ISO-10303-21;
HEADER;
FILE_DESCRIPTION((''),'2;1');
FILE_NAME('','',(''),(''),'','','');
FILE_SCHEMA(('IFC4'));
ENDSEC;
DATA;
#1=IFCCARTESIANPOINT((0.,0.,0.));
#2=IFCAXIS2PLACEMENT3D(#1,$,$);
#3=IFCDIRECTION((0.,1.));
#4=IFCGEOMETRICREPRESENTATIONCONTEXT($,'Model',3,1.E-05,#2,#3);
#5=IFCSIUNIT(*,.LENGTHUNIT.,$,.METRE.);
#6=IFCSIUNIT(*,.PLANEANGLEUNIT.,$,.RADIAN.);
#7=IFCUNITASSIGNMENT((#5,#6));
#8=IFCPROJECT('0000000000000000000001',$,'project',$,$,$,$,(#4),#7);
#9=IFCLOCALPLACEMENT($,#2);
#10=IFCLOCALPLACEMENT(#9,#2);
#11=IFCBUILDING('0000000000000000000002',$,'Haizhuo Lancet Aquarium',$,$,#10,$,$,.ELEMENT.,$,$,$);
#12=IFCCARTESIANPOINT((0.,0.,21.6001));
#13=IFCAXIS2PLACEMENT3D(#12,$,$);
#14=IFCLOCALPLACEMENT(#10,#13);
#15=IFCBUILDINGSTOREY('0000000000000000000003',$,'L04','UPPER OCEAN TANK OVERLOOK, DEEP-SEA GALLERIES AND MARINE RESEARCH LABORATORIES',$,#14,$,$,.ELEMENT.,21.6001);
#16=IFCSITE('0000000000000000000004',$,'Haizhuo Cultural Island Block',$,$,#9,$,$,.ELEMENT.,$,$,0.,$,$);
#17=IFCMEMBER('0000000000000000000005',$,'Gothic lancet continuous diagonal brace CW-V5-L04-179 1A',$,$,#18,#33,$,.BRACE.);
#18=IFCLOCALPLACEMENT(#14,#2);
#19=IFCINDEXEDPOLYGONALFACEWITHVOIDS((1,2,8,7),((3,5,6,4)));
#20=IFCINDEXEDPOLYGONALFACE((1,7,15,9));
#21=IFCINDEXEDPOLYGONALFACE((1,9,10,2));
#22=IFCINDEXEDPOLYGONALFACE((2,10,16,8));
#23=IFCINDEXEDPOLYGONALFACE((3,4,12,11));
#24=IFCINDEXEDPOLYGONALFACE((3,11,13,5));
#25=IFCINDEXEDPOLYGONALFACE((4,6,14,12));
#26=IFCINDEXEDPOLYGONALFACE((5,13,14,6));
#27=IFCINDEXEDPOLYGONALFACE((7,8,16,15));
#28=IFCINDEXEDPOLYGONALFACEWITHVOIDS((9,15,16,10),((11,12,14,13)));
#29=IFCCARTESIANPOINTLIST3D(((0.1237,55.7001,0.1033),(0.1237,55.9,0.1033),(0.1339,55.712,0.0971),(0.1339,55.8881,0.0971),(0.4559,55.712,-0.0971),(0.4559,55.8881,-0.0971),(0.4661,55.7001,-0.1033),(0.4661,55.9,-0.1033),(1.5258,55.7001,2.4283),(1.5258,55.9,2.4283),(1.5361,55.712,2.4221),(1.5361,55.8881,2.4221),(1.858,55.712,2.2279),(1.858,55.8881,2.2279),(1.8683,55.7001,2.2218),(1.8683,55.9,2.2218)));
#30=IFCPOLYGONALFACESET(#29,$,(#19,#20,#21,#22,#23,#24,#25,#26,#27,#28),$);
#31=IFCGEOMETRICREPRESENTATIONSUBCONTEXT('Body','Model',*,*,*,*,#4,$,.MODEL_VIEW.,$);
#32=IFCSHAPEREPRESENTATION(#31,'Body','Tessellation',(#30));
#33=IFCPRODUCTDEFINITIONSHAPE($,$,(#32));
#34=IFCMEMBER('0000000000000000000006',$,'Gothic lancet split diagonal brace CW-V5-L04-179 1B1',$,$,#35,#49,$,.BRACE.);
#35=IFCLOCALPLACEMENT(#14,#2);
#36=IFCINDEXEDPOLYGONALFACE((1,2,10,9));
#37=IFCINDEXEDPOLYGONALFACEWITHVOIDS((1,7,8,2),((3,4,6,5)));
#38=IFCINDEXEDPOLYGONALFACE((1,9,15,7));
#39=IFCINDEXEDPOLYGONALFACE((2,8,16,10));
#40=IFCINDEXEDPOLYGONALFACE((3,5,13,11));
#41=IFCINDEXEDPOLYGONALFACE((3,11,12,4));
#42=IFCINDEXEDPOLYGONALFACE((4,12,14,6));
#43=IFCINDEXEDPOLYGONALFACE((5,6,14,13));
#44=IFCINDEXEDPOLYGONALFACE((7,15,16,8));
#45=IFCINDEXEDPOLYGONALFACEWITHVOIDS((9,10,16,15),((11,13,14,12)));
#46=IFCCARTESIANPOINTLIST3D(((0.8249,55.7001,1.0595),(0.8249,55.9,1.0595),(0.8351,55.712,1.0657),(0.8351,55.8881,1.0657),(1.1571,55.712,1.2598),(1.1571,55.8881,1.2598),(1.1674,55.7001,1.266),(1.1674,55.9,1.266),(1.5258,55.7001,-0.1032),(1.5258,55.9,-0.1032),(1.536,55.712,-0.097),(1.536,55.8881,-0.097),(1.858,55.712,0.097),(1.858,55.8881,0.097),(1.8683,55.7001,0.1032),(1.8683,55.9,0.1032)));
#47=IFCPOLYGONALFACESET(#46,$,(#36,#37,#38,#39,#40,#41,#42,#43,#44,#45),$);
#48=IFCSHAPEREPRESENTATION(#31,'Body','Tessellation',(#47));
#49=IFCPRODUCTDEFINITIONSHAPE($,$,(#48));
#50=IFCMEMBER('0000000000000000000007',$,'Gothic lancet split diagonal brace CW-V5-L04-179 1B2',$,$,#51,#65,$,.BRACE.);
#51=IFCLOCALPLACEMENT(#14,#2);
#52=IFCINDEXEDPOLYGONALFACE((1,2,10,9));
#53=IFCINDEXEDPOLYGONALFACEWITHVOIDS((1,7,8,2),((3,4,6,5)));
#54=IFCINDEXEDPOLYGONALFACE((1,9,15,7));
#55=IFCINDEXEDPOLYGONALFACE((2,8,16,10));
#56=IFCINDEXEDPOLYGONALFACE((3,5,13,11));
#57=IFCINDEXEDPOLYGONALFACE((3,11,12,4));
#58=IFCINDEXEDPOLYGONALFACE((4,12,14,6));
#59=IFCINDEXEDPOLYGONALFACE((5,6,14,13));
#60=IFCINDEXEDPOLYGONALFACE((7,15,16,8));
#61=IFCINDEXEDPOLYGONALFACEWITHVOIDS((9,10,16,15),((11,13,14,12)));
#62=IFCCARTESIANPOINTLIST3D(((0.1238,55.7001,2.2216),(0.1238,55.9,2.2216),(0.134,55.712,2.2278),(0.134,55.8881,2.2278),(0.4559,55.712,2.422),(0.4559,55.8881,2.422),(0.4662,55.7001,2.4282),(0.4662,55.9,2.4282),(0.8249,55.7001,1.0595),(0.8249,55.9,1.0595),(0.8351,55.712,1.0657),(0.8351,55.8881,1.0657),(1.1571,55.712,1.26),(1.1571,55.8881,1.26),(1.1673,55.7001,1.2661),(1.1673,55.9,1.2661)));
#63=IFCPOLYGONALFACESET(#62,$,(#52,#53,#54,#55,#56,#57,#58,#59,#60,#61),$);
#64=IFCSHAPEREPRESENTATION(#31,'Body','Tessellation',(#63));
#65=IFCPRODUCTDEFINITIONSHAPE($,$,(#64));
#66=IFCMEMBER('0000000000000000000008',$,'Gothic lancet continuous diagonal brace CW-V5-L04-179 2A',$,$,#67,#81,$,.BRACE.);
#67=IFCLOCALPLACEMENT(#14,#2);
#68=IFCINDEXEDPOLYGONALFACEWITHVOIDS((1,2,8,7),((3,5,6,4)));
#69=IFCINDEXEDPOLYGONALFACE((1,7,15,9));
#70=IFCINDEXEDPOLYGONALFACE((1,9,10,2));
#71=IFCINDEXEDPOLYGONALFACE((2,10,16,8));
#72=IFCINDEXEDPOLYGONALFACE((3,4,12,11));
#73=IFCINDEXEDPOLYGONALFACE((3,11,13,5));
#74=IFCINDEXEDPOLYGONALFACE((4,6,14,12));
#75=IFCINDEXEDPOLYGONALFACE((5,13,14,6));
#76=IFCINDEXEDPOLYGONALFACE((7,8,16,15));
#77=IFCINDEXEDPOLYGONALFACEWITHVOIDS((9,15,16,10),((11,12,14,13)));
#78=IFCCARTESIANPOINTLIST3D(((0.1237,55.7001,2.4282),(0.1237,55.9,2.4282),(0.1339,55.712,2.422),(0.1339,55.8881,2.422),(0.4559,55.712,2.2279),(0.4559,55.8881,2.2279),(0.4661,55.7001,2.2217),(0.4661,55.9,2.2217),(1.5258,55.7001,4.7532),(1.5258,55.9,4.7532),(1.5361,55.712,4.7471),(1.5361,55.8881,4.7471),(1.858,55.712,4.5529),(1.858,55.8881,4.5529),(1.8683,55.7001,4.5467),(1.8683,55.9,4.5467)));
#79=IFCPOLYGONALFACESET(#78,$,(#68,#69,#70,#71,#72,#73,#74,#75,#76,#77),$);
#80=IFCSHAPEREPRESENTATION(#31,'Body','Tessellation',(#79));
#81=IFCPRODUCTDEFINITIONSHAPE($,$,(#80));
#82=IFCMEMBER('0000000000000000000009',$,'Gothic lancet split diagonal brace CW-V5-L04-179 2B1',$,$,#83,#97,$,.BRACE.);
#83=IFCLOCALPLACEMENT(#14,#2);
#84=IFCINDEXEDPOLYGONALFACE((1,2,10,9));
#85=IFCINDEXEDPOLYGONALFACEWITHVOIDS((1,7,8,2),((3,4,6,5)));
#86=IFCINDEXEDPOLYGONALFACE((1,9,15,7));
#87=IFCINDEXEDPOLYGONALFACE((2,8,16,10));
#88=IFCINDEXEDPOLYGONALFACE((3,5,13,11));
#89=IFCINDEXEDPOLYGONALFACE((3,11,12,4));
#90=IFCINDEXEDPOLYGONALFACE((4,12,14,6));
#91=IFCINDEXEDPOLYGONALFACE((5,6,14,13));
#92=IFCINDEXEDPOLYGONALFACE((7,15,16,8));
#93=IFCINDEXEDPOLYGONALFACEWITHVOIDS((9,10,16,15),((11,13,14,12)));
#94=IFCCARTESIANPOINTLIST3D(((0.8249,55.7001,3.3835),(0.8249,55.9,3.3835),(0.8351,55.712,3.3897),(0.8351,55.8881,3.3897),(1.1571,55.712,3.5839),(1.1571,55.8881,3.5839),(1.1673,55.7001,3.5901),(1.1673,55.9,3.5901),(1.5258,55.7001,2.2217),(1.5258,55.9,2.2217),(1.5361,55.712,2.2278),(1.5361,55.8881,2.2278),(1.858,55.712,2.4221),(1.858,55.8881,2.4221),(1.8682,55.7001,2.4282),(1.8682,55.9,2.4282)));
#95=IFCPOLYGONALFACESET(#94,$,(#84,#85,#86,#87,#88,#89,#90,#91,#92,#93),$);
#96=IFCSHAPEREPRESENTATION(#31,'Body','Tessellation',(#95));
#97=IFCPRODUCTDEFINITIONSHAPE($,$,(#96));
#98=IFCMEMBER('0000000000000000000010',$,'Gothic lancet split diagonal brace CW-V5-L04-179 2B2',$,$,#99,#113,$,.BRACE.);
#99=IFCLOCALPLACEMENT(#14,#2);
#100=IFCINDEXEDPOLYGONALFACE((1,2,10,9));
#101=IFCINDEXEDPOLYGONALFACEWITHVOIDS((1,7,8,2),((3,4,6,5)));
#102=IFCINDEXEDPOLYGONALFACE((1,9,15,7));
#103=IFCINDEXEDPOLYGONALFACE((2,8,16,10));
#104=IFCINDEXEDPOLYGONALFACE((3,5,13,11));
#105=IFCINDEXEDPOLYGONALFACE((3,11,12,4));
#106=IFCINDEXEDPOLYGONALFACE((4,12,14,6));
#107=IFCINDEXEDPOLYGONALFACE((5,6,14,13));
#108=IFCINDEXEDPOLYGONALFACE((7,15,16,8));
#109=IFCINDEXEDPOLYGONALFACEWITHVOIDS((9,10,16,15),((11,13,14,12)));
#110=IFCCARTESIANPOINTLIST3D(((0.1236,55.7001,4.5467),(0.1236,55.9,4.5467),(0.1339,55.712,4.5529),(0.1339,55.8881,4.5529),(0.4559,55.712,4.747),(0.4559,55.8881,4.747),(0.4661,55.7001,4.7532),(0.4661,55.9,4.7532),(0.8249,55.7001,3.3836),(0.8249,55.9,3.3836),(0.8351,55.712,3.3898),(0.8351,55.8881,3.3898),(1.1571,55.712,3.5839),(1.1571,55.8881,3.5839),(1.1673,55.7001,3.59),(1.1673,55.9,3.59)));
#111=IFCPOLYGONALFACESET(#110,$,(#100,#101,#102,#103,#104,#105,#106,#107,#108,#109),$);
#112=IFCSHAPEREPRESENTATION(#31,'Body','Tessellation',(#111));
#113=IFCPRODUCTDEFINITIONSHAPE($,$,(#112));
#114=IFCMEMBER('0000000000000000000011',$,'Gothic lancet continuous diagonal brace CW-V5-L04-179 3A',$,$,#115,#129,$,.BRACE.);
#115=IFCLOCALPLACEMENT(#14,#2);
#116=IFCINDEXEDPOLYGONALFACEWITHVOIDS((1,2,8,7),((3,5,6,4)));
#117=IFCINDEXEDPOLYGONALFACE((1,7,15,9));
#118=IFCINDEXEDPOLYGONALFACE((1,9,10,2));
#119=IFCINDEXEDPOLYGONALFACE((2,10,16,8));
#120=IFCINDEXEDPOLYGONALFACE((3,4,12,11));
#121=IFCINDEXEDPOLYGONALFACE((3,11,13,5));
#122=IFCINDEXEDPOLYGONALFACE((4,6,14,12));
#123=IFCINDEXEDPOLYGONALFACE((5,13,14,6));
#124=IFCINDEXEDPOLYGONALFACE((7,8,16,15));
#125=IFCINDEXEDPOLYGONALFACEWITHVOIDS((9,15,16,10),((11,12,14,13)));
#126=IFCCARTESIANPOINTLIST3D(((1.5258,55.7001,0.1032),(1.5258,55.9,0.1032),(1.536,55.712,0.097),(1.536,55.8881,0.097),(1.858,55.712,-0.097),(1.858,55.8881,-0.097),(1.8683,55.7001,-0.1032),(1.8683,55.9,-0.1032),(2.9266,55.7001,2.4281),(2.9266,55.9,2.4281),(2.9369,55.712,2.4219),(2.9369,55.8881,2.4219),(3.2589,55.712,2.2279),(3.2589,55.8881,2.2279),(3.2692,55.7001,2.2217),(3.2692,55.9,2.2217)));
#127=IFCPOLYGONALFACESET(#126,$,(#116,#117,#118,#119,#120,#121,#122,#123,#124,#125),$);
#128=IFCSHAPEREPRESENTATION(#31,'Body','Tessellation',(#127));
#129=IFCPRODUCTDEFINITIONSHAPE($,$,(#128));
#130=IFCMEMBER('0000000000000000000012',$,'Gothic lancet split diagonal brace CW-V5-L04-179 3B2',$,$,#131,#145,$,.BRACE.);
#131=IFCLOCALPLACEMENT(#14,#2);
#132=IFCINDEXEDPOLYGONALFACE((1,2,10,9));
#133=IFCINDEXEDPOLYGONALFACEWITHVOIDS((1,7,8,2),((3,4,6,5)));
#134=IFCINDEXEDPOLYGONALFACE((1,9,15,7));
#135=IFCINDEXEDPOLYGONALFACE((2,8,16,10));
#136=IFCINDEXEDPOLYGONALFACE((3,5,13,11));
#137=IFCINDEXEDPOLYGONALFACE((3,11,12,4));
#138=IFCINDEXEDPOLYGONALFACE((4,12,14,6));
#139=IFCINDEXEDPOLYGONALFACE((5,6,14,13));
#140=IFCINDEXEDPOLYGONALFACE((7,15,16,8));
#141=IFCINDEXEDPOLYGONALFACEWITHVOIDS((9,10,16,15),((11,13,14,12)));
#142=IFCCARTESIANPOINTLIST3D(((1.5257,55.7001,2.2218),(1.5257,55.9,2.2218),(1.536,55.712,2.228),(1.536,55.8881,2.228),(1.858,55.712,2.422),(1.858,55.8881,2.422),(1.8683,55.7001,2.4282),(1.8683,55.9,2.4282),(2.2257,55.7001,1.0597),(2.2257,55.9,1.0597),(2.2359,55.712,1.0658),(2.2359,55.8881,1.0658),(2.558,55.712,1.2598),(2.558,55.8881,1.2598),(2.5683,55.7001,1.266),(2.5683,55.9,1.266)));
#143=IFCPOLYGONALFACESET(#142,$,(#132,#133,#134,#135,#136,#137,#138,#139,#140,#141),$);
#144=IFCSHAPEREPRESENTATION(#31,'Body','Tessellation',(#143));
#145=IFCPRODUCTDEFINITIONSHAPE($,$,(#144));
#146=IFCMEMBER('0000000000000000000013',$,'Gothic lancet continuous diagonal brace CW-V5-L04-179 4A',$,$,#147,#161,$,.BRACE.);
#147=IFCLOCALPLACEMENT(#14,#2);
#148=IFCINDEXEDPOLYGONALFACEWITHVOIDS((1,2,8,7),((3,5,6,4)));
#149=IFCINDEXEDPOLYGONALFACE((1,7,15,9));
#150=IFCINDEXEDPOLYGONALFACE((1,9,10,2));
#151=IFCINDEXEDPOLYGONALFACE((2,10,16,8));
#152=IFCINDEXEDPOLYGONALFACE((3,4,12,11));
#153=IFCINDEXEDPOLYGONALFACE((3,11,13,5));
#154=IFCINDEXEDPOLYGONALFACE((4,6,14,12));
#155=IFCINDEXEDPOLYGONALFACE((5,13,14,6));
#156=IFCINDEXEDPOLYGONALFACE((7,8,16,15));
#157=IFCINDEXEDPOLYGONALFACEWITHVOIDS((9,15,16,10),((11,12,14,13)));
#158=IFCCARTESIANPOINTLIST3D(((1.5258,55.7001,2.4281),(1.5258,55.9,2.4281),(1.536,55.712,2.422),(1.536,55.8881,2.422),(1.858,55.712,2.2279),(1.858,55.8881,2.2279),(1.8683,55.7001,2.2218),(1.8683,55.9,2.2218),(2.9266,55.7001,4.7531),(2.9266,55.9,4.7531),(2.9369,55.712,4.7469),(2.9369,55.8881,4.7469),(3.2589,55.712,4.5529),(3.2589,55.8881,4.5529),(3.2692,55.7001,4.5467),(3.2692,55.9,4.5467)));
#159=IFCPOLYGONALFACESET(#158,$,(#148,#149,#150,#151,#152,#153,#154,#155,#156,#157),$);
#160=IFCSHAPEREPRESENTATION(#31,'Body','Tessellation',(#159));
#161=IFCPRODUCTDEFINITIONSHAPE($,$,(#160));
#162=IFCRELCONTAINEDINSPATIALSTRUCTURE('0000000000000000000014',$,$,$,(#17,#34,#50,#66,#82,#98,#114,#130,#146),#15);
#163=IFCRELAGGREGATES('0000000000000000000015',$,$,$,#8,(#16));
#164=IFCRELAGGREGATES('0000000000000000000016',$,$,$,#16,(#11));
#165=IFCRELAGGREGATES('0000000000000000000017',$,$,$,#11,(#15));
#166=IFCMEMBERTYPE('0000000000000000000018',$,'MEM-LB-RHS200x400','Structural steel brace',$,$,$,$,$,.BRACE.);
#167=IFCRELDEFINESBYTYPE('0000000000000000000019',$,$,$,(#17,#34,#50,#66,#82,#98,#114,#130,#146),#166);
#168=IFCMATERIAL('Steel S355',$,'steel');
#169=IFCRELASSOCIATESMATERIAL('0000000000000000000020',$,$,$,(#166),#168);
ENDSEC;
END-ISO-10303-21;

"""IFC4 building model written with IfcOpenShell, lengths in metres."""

from ifc_helpers import new_model, si_unit, direction, frame, origin, origin_2d, place, context, subcontext, project, spatial, hollow_rectangle, extrude, material, material_profile, profile_set, type_object, element, save


model = new_model("IFC4")

# Units and contexts
model_context = context("Model", 3, precision=1e-05, world=origin(), true_north=direction((0.0, 1.0)))
body_context = subcontext(model_context, "Body", "Model", "MODEL_VIEW")
ifc_project = project(units=[si_unit("LENGTHUNIT", "METRE"), si_unit("PLANEANGLEUNIT", "RADIAN")], contexts=[model_context])

# Site, building, storey
site_placement = place(None, origin())
site = spatial("IfcSite", under=ifc_project, at=site_placement, Name="Haizhuo Cultural Island Block", CompositionType="ELEMENT", RefElevation=0.0)
building_placement = place(site_placement, origin())
building = spatial("IfcBuilding", under=site, at=building_placement, Name="Haizhuo Lancet Aquarium", CompositionType="ELEMENT")
storey_placement = place(building_placement, frame((0.0, 0.0, 21.6001)))
storey = spatial("IfcBuildingStorey", under=building, at=storey_placement, Name="L04", Description="UPPER OCEAN TANK OVERLOOK, DEEP-SEA GALLERIES AND MARINE RESEARCH LABORATORIES", CompositionType="ELEMENT", Elevation=21.6001)

# Members
ifc_material_1 = material(Name="Steel S355", Category="steel")
ifc_material_profile_1 = material_profile(ifc_material_1, hollow_rectangle(XDim=0.2, YDim=0.3999, WallThickness=0.012, at=origin_2d()), Name="RHS 200x400x12")
ifc_profile_set_1 = profile_set([ifc_material_profile_1], Name="Steel S355")
member_type_1 = type_object("IfcMemberType", Name="MEM-LB-RHS200x400", Description="Structural steel brace", PredefinedType="BRACE", material=ifc_profile_set_1)
member_1_placement = place(storey_placement, frame((0.2949, 55.8, 0.0), z_axis=(0.516425, 0.0, 0.856332), x_axis=(0.0, 1.0, 0.0)))
element("IfcMember", 1, at=member_1_placement, inside=storey, type_object=member_type_1, Name="Gothic lancet continuous diagonal brace CW-V5-L04-179 1A", PredefinedType="BRACE", context=body_context, shape_type="SweptSolid", body=[
    extrude(hollow_rectangle(XDim=0.2, YDim=0.3999, WallThickness=0.012, at=origin_2d()), origin(), (0.0, 0.0, 1.0), 2.7151),
])
member_2_placement = place(storey_placement, frame((1.697, 55.8, 0.0), z_axis=(-0.51624, 0.0, 0.856444), x_axis=(0.0, -1.0, 0.0)))
element("IfcMember", 2, at=member_2_placement, inside=storey, type_object=member_type_1, Name="Gothic lancet split diagonal brace CW-V5-L04-179 1B1", PredefinedType="BRACE", context=body_context, shape_type="SweptSolid", body=[
    extrude(hollow_rectangle(XDim=0.2, YDim=0.3999, WallThickness=0.012, at=origin_2d()), origin(), (0.0, 0.0, 1.0), 1.3577),
])
member_3_placement = place(storey_placement, frame((0.9961, 55.8, 1.1628), z_axis=(-0.51661, 0.0, 0.856221), x_axis=(0.0, -1.0, 0.0)))
element("IfcMember", 3, at=member_3_placement, inside=storey, type_object=member_type_1, Name="Gothic lancet split diagonal brace CW-V5-L04-179 1B2", PredefinedType="BRACE", context=body_context, shape_type="SweptSolid", body=[
    extrude(hollow_rectangle(XDim=0.2, YDim=0.3999, WallThickness=0.012, at=origin_2d()), origin(), (0.0, 0.0, 1.0), 1.3572),
])
member_4_placement = place(storey_placement, frame((0.2949, 55.8, 2.325), z_axis=(0.516425, 0.0, 0.856332), x_axis=(0.0, 1.0, 0.0)))
element("IfcMember", 4, at=member_4_placement, inside=storey, type_object=member_type_1, Name="Gothic lancet continuous diagonal brace CW-V5-L04-179 2A", PredefinedType="BRACE", context=body_context, shape_type="SweptSolid", body=[
    extrude(hollow_rectangle(XDim=0.2, YDim=0.3999, WallThickness=0.012, at=origin_2d()), origin(), (0.0, 0.0, 1.0), 2.7151),
])
member_5_placement = place(storey_placement, frame((1.697, 55.8, 2.325), z_axis=(-0.516558, 0.0, 0.856252), x_axis=(0.0, -1.0, 0.0)))
element("IfcMember", 5, at=member_5_placement, inside=storey, type_object=member_type_1, Name="Gothic lancet split diagonal brace CW-V5-L04-179 2B1", PredefinedType="BRACE", context=body_context, shape_type="SweptSolid", body=[
    extrude(hollow_rectangle(XDim=0.2, YDim=0.3999, WallThickness=0.012, at=origin_2d()), origin(), (0.0, 0.0, 1.0), 1.3569),
])
member_6_placement = place(storey_placement, frame((0.9961, 55.8, 3.4868), z_axis=(-0.516292, 0.0, 0.856412), x_axis=(0.0, -1.0, 0.0)))
element("IfcMember", 6, at=member_6_placement, inside=storey, type_object=member_type_1, Name="Gothic lancet split diagonal brace CW-V5-L04-179 2B2", PredefinedType="BRACE", context=body_context, shape_type="SweptSolid", body=[
    extrude(hollow_rectangle(XDim=0.2, YDim=0.3999, WallThickness=0.012, at=origin_2d()), origin(), (0.0, 0.0, 1.0), 1.3582),
])
member_7_placement = place(storey_placement, frame((1.697, 55.8, 0.0), z_axis=(0.516095, 0.0, 0.856531), x_axis=(0.0, 1.0, 0.0)))
element("IfcMember", 7, at=member_7_placement, inside=storey, type_object=member_type_1, Name="Gothic lancet continuous diagonal brace CW-V5-L04-179 3A", PredefinedType="BRACE", context=body_context, shape_type="SweptSolid", body=[
    extrude(hollow_rectangle(XDim=0.2, YDim=0.3999, WallThickness=0.012, at=origin_2d()), origin(), (0.0, 0.0, 1.0), 2.7144),
])
member_8_placement = place(storey_placement, frame((2.397, 55.8, 1.1628), z_axis=(-0.515951, 0.0, 0.856618), x_axis=(0.0, -1.0, 0.0)))
element("IfcMember", 8, at=member_8_placement, inside=storey, type_object=member_type_1, Name="Gothic lancet split diagonal brace CW-V5-L04-179 3B2", PredefinedType="BRACE", context=body_context, shape_type="SweptSolid", body=[
    extrude(hollow_rectangle(XDim=0.2, YDim=0.3999, WallThickness=0.012, at=origin_2d()), origin(), (0.0, 0.0, 1.0), 1.3567),
])
member_9_placement = place(storey_placement, frame((1.697, 55.8, 2.325), z_axis=(0.516095, 0.0, 0.856531), x_axis=(0.0, 1.0, 0.0)))
element("IfcMember", 9, at=member_9_placement, inside=storey, type_object=member_type_1, Name="Gothic lancet continuous diagonal brace CW-V5-L04-179 4A", PredefinedType="BRACE", context=body_context, shape_type="SweptSolid", body=[
    extrude(hollow_rectangle(XDim=0.2, YDim=0.3999, WallThickness=0.012, at=origin_2d()), origin(), (0.0, 0.0, 1.0), 2.7144),
])

save(model, "model.ifc")
